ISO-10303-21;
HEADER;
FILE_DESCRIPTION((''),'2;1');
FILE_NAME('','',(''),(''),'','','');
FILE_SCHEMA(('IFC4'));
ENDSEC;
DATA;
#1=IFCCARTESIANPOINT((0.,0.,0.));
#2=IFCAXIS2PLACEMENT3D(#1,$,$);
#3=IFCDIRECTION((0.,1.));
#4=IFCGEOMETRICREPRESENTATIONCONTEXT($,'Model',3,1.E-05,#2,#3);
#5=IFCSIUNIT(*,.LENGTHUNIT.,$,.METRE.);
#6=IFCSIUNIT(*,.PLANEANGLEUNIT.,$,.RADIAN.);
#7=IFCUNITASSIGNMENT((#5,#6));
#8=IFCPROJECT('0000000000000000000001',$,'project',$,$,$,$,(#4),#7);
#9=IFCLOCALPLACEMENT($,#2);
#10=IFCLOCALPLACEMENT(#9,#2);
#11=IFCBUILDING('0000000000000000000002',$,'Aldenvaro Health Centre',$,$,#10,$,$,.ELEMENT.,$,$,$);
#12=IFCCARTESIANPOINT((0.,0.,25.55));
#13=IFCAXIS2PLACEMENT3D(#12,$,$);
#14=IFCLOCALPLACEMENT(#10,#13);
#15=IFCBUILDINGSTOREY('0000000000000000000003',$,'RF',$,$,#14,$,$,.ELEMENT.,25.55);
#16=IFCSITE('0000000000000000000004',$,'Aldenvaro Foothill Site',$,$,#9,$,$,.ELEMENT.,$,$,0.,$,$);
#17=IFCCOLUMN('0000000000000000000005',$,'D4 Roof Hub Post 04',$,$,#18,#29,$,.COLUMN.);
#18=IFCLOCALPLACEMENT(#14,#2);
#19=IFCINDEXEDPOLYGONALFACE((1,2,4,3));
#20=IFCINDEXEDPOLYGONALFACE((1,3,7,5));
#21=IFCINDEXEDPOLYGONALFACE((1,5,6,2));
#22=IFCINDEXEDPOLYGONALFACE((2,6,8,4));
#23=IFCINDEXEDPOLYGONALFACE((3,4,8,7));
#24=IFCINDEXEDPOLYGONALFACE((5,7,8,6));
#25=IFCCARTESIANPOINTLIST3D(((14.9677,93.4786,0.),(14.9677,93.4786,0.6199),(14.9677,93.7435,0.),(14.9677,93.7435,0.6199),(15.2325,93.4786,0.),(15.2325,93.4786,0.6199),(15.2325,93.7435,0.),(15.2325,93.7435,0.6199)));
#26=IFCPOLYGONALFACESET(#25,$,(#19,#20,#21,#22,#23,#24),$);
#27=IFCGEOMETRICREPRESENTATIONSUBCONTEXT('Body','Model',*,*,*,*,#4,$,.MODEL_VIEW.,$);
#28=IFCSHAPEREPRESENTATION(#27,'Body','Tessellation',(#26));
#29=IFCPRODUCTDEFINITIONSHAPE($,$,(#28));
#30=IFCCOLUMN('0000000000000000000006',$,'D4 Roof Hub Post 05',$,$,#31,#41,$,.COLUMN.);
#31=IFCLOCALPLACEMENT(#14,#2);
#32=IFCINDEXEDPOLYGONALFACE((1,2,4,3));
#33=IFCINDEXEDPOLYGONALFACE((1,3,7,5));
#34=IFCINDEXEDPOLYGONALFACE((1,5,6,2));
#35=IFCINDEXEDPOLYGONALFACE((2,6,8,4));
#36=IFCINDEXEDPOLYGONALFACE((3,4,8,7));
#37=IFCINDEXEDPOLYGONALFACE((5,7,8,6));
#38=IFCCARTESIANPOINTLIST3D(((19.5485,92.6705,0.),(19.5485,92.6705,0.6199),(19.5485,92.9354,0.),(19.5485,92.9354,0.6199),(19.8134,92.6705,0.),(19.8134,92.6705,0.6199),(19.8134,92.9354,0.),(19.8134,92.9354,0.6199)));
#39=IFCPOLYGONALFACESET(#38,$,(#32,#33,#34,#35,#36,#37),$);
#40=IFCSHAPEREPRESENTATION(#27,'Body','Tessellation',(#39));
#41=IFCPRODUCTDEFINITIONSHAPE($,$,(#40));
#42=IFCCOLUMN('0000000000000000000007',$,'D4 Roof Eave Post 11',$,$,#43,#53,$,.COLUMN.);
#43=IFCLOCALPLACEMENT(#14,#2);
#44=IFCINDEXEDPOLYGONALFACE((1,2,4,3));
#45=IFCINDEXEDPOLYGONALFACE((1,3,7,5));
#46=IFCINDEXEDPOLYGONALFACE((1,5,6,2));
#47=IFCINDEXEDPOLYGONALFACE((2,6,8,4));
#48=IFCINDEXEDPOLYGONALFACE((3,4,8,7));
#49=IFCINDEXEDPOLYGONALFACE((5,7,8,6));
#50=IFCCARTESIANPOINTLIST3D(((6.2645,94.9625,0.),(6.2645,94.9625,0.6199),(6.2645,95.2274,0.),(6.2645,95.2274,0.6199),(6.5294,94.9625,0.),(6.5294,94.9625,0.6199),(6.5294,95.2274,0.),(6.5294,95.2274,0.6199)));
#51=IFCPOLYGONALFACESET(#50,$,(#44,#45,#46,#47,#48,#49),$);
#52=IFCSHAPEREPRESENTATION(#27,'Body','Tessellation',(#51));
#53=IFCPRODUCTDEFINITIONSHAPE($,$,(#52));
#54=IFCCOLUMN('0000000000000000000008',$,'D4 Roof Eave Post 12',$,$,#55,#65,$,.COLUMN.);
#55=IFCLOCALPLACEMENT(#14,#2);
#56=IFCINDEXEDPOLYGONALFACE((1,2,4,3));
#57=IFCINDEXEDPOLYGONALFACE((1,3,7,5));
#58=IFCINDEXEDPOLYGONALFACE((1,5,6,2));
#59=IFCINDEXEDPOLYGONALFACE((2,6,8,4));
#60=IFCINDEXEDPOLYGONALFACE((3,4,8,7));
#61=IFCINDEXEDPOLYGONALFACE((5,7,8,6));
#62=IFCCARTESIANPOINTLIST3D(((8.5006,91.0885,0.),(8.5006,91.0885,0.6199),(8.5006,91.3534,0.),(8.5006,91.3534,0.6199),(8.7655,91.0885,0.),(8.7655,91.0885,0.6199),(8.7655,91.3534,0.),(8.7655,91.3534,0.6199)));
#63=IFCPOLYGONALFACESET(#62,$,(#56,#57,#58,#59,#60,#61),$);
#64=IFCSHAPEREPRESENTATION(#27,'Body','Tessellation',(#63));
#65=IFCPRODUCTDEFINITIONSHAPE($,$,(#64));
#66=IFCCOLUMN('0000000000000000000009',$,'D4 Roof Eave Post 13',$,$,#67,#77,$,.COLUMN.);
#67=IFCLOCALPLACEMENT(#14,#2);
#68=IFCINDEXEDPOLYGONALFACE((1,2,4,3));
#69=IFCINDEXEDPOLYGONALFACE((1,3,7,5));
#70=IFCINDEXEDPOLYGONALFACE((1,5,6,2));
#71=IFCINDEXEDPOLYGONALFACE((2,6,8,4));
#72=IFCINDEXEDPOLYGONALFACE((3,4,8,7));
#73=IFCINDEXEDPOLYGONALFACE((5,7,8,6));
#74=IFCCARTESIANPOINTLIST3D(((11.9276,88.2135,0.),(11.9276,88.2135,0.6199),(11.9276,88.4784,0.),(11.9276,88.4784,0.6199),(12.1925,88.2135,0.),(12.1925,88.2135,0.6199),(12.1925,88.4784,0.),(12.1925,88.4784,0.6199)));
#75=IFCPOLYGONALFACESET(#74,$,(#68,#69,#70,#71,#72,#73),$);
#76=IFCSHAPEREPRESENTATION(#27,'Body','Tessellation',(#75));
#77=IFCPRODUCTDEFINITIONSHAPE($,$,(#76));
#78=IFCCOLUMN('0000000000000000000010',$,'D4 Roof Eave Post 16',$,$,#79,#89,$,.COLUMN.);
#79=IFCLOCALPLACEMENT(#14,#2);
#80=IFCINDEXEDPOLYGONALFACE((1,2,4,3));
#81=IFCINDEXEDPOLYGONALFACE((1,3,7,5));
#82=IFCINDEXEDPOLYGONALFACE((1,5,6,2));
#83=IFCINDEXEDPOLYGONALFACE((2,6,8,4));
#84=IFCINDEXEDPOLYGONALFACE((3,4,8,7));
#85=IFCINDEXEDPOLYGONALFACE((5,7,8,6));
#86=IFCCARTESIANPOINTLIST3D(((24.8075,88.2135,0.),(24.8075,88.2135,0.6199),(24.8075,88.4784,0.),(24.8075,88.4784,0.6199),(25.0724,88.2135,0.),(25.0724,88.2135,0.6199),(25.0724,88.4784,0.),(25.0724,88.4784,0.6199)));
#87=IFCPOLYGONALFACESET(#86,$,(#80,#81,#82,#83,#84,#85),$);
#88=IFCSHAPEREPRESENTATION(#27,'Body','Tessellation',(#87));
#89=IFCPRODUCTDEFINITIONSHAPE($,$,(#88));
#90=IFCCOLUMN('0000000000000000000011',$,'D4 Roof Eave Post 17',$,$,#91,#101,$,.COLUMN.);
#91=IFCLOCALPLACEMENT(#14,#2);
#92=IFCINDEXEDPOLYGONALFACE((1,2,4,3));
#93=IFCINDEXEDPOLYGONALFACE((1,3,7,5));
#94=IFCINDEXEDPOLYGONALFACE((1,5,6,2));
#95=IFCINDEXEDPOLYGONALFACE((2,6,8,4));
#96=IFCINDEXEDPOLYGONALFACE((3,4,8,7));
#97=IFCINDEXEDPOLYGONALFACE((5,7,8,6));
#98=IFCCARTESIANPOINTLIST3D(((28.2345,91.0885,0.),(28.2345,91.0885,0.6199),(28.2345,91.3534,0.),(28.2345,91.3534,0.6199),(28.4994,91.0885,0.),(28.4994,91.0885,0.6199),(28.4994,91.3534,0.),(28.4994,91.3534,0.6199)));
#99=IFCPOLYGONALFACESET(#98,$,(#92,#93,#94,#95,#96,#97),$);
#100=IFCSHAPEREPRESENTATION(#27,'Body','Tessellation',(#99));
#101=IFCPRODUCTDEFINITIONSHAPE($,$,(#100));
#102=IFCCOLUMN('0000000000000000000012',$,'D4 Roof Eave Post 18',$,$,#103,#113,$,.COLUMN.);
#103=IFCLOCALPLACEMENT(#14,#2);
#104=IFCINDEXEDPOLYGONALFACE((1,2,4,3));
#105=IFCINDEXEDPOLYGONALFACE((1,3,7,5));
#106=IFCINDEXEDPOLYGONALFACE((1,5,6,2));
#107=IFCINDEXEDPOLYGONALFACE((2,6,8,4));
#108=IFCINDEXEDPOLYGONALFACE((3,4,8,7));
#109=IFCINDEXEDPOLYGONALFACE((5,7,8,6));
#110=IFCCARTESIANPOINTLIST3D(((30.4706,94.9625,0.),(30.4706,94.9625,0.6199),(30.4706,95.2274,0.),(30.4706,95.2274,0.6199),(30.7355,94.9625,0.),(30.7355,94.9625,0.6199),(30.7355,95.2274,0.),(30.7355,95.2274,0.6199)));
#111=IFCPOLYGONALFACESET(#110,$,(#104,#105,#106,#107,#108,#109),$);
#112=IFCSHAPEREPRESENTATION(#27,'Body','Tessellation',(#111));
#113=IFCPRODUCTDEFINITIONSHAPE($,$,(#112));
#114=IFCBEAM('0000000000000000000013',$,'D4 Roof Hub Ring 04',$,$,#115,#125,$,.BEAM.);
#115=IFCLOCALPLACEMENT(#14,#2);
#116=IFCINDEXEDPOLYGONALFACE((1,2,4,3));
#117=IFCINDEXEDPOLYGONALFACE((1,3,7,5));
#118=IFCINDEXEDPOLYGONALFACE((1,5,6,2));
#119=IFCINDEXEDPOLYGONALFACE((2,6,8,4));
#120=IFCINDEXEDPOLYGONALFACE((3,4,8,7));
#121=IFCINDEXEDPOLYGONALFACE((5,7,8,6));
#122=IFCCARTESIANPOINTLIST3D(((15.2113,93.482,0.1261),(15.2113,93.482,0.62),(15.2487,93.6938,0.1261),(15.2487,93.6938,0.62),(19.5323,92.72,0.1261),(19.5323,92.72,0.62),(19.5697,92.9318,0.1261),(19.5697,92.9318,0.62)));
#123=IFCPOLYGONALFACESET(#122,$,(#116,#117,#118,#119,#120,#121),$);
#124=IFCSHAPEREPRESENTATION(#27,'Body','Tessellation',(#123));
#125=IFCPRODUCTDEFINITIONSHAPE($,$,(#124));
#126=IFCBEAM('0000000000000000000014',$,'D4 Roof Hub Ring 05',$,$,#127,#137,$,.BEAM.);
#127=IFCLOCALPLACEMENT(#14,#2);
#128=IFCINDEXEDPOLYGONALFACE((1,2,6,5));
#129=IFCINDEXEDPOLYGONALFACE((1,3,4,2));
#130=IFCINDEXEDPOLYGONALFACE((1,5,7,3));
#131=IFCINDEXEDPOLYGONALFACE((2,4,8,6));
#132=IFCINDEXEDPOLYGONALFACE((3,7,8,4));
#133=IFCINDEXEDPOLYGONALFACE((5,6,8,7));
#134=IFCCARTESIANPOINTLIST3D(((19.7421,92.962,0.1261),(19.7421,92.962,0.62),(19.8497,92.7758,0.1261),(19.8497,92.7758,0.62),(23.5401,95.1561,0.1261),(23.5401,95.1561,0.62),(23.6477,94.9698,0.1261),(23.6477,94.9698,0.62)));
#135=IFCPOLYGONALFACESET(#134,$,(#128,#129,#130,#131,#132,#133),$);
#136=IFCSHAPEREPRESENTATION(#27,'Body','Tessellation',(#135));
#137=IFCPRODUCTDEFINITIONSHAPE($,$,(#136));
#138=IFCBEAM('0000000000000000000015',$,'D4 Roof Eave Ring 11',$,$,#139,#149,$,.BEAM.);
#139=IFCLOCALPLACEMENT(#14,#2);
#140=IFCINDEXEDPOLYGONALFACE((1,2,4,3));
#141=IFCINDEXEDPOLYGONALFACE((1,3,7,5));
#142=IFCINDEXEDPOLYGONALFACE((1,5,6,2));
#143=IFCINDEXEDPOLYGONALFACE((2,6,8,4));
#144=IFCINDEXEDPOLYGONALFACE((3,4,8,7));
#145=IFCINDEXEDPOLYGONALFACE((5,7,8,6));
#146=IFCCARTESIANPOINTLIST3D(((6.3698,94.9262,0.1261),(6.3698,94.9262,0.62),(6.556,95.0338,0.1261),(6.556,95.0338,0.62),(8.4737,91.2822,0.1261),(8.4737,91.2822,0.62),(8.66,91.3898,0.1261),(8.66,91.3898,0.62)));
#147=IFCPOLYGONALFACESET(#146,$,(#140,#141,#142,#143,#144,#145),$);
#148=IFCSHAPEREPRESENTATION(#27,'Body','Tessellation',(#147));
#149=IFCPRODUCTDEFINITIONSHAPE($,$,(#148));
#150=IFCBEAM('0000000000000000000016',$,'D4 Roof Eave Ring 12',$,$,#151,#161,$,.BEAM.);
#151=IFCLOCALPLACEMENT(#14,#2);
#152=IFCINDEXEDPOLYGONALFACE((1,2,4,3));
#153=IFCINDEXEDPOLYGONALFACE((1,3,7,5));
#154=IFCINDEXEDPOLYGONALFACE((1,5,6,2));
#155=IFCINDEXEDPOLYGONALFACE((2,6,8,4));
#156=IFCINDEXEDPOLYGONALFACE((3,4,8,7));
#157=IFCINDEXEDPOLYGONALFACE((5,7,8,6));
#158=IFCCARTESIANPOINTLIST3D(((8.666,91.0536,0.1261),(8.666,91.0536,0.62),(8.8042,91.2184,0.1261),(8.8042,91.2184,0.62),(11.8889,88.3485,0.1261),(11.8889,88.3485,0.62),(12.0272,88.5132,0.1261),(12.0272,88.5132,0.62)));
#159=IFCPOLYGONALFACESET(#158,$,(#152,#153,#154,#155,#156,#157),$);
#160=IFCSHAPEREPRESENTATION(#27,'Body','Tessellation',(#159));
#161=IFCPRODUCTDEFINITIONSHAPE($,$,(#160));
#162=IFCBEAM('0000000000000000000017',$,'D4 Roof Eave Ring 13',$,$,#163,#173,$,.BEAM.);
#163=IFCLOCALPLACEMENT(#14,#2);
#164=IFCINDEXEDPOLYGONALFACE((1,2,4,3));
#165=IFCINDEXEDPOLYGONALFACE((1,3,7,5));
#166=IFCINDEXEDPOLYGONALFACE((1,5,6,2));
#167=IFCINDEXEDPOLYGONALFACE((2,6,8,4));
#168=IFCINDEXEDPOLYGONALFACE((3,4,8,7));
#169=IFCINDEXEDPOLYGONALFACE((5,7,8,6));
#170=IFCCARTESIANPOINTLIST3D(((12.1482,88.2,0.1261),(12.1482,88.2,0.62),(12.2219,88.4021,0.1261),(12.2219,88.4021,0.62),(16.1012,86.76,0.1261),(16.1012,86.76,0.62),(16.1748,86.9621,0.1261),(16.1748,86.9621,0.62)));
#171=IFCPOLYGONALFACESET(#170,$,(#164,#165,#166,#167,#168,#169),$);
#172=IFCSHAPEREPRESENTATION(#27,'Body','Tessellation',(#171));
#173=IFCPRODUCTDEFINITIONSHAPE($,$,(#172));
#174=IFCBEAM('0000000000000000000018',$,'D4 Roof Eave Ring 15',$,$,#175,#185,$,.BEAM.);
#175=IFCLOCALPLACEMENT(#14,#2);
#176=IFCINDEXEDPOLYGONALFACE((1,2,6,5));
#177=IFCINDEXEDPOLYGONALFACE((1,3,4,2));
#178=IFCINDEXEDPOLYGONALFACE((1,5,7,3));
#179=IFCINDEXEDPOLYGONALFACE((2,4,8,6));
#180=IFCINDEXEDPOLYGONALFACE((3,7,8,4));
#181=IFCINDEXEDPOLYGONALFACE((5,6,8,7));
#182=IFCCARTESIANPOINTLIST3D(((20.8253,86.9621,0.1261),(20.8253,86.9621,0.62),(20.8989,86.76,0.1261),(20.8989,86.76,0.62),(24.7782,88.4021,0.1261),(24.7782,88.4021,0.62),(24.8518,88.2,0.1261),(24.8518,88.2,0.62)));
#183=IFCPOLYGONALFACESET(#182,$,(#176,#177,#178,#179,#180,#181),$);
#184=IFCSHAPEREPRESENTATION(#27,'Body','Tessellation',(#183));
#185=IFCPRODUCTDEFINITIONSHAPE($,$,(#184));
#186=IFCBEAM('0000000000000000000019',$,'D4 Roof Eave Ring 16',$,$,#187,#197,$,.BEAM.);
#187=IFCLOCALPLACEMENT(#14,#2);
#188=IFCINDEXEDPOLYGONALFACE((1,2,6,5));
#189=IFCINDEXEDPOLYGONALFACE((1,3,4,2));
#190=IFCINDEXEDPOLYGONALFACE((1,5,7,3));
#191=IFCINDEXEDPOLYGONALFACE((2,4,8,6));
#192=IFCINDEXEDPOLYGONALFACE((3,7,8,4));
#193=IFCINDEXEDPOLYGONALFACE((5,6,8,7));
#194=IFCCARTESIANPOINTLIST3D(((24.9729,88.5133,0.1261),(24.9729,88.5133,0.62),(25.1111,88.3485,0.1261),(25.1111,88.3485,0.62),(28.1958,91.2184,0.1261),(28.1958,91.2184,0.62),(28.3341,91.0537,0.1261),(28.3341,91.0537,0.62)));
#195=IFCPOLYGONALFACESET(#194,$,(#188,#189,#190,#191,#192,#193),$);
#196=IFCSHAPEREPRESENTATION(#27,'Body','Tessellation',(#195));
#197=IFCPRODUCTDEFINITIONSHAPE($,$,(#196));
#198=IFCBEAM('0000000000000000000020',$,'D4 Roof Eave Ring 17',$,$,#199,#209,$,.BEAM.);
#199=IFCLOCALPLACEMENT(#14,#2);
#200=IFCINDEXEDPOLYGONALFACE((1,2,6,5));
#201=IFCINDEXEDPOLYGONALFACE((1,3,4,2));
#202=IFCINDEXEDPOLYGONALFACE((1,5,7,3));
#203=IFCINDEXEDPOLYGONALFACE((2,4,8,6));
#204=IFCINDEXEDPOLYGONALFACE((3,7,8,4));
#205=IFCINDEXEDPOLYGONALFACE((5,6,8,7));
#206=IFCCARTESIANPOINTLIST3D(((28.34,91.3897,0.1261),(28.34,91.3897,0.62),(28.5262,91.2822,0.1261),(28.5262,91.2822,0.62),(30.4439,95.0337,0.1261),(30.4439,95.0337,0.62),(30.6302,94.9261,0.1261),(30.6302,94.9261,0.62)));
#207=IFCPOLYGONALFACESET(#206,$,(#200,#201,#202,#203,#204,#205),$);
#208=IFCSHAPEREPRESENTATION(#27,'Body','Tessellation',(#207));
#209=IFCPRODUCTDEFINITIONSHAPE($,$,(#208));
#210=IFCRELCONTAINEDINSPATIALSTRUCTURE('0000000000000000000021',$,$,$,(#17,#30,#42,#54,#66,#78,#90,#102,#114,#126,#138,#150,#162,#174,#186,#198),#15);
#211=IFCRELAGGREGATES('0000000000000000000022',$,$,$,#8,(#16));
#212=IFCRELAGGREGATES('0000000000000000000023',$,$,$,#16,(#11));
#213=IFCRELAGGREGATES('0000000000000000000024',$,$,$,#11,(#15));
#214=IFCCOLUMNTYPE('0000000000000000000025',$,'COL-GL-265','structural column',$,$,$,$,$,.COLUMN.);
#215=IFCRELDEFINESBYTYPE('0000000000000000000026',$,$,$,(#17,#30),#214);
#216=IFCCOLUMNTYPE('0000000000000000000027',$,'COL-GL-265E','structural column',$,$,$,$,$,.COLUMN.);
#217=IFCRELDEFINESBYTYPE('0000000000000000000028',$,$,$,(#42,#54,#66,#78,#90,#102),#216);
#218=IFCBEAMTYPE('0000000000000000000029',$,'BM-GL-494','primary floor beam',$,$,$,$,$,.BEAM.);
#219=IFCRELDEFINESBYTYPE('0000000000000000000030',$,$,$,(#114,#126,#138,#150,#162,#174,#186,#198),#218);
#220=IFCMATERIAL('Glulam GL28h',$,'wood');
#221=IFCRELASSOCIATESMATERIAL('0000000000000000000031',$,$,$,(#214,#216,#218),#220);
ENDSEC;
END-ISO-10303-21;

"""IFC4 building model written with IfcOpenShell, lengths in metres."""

from ifc_helpers import new_model, si_unit, direction, frame, origin, origin_2d, place, context, subcontext, project, spatial, rectangle, extrude, material, material_profile, profile_set, type_object, element, save


model = new_model("IFC4")

# Units and contexts
model_context = context("Model", 3, precision=1e-05, world=origin(), true_north=direction((0.0, 1.0)))
body_context = subcontext(model_context, "Body", "Model", "MODEL_VIEW")
ifc_project = project(units=[si_unit("LENGTHUNIT", "METRE"), si_unit("PLANEANGLEUNIT", "RADIAN")], contexts=[model_context])

# Site, building, storey
site_placement = place(None, origin())
site = spatial("IfcSite", under=ifc_project, at=site_placement, Name="Aldenvaro Foothill Site", CompositionType="ELEMENT", RefElevation=0.0)
building_placement = place(site_placement, origin())
building = spatial("IfcBuilding", under=site, at=building_placement, Name="Aldenvaro Health Centre", CompositionType="ELEMENT")
storey_placement = place(building_placement, frame((0.0, 0.0, 25.55)))
storey = spatial("IfcBuildingStorey", under=building, at=storey_placement, Name="RF", CompositionType="ELEMENT", Elevation=25.55)

# Columns
ifc_material_1 = material(Name="Glulam GL28h", Category="wood")
ifc_material_profile_1 = material_profile(ifc_material_1, rectangle(XDim=0.2649, YDim=0.2649, at=origin_2d()), Name="GL 265x265", Category="wood")
ifc_profile_set_1 = profile_set([ifc_material_profile_1], Name="Glulam GL28h")
column_type_1 = type_object("IfcColumnType", Name="COL-GL-265", Description="structural column", PredefinedType="COLUMN", material=ifc_profile_set_1)
for number, where, z_axis, x_axis, name in (
    (1, (15.1001, 93.6111, 0.0), (0.0, 0.0, 1.0), (1.0, 0.0, 0.0), "D4 Roof Hub Post 04"),
    (2, (19.6809, 92.803, 0.0), (0.0, 0.0, 1.0), (1.0, 0.0, 0.0), "D4 Roof Hub Post 05"),
):
    element("IfcColumn", number, at=place(storey_placement, frame(where, z_axis=z_axis, x_axis=x_axis)), inside=storey, type_object=column_type_1, Name=name, PredefinedType="COLUMN", context=body_context, shape_type="SweptSolid", body=[
        extrude(rectangle(XDim=0.2649, YDim=0.2649, at=origin_2d()), origin(), (0.0, 0.0, 1.0), 0.6199),
    ])
ifc_material_profile_2 = material_profile(ifc_material_1, rectangle(XDim=0.2649, YDim=0.2649, at=origin_2d()), Name="GL 265x265", Category="wood")
ifc_profile_set_2 = profile_set([ifc_material_profile_2], Name="Glulam GL28h")
column_type_2 = type_object("IfcColumnType", Name="COL-GL-265E", Description="structural column", PredefinedType="COLUMN", material=ifc_profile_set_2)
for number, where, z_axis, x_axis, name in (
    (3, (6.397, 95.095, 0.0), (0.0, 0.0, 1.0), (1.0, 0.0, 0.0), "D4 Roof Eave Post 11"),
    (4, (8.6331, 91.2209, 0.0), (0.0, 0.0, 1.0), (1.0, 0.0, 0.0), "D4 Roof Eave Post 12"),
    (5, (12.0601, 88.3459, 0.0), (0.0, 0.0, 1.0), (1.0, 0.0, 0.0), "D4 Roof Eave Post 13"),
    (6, (24.9399, 88.3459, 0.0), (0.0, 0.0, 1.0), (1.0, 0.0, 0.0), "D4 Roof Eave Post 16"),
    (7, (28.3669, 91.2209, 0.0), (0.0, 0.0, 1.0), (1.0, 0.0, 0.0), "D4 Roof Eave Post 17"),
    (8, (30.603, 95.095, 0.0), (0.0, 0.0, 1.0), (1.0, 0.0, 0.0), "D4 Roof Eave Post 18"),
):
    element("IfcColumn", number, at=place(storey_placement, frame(where, z_axis=z_axis, x_axis=x_axis)), inside=storey, type_object=column_type_2, Name=name, PredefinedType="COLUMN", context=body_context, shape_type="SweptSolid", body=[
        extrude(rectangle(XDim=0.2649, YDim=0.2649, at=origin_2d()), origin(), (0.0, 0.0, 1.0), 0.6199),
    ])

# Beams
ifc_material_profile_3 = material_profile(ifc_material_1, rectangle(XDim=0.2151, YDim=0.4939, at=origin_2d()), Name="GL 215x494", Category="wood")
ifc_profile_set_3 = profile_set([ifc_material_profile_3], Name="Glulam GL28h")
beam_type = type_object("IfcBeamType", Name="BM-GL-494", Description="primary floor beam", PredefinedType="BEAM", material=ifc_profile_set_3)
beam_1_placement = place(storey_placement, frame((15.23, 93.5879, 0.373), z_axis=(0.984806, -0.173658, 0.0), x_axis=(0.173658, 0.984806, 0.0)))
element("IfcBeam", 9, at=beam_1_placement, inside=storey, type_object=beam_type, Name="D4 Roof Hub Ring 04", PredefinedType="BEAM", context=body_context, shape_type="SweptSolid", body=[
    extrude(rectangle(XDim=0.2151, YDim=0.4939, at=origin_2d()), origin(), (0.0, 0.0, 1.0), 4.3877),
])
beam_2_placement = place(storey_placement, frame((19.7959, 92.8689, 0.373), z_axis=(0.865901, 0.500215, 0.0), x_axis=(-0.500215, 0.865901, 0.0)))
element("IfcBeam", 10, at=beam_2_placement, inside=storey, type_object=beam_type, Name="D4 Roof Hub Ring 05", PredefinedType="BEAM", context=body_context, shape_type="SweptSolid", body=[
    extrude(rectangle(XDim=0.2151, YDim=0.4939, at=origin_2d()), origin(), (0.0, 0.0, 1.0), 4.3862),
])
for number, where, z_axis, x_axis, name in (
    (11, (6.4629, 94.98, 0.373), (0.50002, -0.866014, 0.0), (0.866014, 0.50002, 0.0), "D4 Roof Eave Ring 11"),
    (12, (8.7351, 91.136, 0.373), (0.765957, -0.642891, 0.0), (0.642891, 0.765957, 0.0), "D4 Roof Eave Ring 12"),
):
    element("IfcBeam", number, at=place(storey_placement, frame(where, z_axis=z_axis, x_axis=x_axis)), inside=storey, type_object=beam_type, Name=name, PredefinedType="BEAM", context=body_context, shape_type="SweptSolid", body=[
        extrude(rectangle(XDim=0.2151, YDim=0.4939, at=origin_2d()), origin(), (0.0, 0.0, 1.0), 4.2078),
    ])
for number, where, z_axis, x_axis, name in (
    (13, (12.1851, 88.301, 0.373), (0.9396, -0.342274, 0.0), (0.342274, 0.9396, 0.0), "D4 Roof Eave Ring 13"),
    (14, (20.8621, 86.8611, 0.373), (0.9396, 0.342274, 0.0), (-0.342274, 0.9396, 0.0), "D4 Roof Eave Ring 15"),
):
    element("IfcBeam", number, at=place(storey_placement, frame(where, z_axis=z_axis, x_axis=x_axis)), inside=storey, type_object=beam_type, Name=name, PredefinedType="BEAM", context=body_context, shape_type="SweptSolid", body=[
        extrude(rectangle(XDim=0.2151, YDim=0.4939, at=origin_2d()), origin(), (0.0, 0.0, 1.0), 4.207),
    ])
for number, where, z_axis, x_axis, name in (
    (15, (25.042, 88.4309, 0.373), (0.765957, 0.642891, 0.0), (-0.642891, 0.765957, 0.0), "D4 Roof Eave Ring 16"),
    (16, (28.4331, 91.3359, 0.373), (0.50002, 0.866014, 0.0), (-0.866014, 0.50002, 0.0), "D4 Roof Eave Ring 17"),
):
    element("IfcBeam", number, at=place(storey_placement, frame(where, z_axis=z_axis, x_axis=x_axis)), inside=storey, type_object=beam_type, Name=name, PredefinedType="BEAM", context=body_context, shape_type="SweptSolid", body=[
        extrude(rectangle(XDim=0.2151, YDim=0.4939, at=origin_2d()), origin(), (0.0, 0.0, 1.0), 4.2078),
    ])

save(model, "model.ifc")
